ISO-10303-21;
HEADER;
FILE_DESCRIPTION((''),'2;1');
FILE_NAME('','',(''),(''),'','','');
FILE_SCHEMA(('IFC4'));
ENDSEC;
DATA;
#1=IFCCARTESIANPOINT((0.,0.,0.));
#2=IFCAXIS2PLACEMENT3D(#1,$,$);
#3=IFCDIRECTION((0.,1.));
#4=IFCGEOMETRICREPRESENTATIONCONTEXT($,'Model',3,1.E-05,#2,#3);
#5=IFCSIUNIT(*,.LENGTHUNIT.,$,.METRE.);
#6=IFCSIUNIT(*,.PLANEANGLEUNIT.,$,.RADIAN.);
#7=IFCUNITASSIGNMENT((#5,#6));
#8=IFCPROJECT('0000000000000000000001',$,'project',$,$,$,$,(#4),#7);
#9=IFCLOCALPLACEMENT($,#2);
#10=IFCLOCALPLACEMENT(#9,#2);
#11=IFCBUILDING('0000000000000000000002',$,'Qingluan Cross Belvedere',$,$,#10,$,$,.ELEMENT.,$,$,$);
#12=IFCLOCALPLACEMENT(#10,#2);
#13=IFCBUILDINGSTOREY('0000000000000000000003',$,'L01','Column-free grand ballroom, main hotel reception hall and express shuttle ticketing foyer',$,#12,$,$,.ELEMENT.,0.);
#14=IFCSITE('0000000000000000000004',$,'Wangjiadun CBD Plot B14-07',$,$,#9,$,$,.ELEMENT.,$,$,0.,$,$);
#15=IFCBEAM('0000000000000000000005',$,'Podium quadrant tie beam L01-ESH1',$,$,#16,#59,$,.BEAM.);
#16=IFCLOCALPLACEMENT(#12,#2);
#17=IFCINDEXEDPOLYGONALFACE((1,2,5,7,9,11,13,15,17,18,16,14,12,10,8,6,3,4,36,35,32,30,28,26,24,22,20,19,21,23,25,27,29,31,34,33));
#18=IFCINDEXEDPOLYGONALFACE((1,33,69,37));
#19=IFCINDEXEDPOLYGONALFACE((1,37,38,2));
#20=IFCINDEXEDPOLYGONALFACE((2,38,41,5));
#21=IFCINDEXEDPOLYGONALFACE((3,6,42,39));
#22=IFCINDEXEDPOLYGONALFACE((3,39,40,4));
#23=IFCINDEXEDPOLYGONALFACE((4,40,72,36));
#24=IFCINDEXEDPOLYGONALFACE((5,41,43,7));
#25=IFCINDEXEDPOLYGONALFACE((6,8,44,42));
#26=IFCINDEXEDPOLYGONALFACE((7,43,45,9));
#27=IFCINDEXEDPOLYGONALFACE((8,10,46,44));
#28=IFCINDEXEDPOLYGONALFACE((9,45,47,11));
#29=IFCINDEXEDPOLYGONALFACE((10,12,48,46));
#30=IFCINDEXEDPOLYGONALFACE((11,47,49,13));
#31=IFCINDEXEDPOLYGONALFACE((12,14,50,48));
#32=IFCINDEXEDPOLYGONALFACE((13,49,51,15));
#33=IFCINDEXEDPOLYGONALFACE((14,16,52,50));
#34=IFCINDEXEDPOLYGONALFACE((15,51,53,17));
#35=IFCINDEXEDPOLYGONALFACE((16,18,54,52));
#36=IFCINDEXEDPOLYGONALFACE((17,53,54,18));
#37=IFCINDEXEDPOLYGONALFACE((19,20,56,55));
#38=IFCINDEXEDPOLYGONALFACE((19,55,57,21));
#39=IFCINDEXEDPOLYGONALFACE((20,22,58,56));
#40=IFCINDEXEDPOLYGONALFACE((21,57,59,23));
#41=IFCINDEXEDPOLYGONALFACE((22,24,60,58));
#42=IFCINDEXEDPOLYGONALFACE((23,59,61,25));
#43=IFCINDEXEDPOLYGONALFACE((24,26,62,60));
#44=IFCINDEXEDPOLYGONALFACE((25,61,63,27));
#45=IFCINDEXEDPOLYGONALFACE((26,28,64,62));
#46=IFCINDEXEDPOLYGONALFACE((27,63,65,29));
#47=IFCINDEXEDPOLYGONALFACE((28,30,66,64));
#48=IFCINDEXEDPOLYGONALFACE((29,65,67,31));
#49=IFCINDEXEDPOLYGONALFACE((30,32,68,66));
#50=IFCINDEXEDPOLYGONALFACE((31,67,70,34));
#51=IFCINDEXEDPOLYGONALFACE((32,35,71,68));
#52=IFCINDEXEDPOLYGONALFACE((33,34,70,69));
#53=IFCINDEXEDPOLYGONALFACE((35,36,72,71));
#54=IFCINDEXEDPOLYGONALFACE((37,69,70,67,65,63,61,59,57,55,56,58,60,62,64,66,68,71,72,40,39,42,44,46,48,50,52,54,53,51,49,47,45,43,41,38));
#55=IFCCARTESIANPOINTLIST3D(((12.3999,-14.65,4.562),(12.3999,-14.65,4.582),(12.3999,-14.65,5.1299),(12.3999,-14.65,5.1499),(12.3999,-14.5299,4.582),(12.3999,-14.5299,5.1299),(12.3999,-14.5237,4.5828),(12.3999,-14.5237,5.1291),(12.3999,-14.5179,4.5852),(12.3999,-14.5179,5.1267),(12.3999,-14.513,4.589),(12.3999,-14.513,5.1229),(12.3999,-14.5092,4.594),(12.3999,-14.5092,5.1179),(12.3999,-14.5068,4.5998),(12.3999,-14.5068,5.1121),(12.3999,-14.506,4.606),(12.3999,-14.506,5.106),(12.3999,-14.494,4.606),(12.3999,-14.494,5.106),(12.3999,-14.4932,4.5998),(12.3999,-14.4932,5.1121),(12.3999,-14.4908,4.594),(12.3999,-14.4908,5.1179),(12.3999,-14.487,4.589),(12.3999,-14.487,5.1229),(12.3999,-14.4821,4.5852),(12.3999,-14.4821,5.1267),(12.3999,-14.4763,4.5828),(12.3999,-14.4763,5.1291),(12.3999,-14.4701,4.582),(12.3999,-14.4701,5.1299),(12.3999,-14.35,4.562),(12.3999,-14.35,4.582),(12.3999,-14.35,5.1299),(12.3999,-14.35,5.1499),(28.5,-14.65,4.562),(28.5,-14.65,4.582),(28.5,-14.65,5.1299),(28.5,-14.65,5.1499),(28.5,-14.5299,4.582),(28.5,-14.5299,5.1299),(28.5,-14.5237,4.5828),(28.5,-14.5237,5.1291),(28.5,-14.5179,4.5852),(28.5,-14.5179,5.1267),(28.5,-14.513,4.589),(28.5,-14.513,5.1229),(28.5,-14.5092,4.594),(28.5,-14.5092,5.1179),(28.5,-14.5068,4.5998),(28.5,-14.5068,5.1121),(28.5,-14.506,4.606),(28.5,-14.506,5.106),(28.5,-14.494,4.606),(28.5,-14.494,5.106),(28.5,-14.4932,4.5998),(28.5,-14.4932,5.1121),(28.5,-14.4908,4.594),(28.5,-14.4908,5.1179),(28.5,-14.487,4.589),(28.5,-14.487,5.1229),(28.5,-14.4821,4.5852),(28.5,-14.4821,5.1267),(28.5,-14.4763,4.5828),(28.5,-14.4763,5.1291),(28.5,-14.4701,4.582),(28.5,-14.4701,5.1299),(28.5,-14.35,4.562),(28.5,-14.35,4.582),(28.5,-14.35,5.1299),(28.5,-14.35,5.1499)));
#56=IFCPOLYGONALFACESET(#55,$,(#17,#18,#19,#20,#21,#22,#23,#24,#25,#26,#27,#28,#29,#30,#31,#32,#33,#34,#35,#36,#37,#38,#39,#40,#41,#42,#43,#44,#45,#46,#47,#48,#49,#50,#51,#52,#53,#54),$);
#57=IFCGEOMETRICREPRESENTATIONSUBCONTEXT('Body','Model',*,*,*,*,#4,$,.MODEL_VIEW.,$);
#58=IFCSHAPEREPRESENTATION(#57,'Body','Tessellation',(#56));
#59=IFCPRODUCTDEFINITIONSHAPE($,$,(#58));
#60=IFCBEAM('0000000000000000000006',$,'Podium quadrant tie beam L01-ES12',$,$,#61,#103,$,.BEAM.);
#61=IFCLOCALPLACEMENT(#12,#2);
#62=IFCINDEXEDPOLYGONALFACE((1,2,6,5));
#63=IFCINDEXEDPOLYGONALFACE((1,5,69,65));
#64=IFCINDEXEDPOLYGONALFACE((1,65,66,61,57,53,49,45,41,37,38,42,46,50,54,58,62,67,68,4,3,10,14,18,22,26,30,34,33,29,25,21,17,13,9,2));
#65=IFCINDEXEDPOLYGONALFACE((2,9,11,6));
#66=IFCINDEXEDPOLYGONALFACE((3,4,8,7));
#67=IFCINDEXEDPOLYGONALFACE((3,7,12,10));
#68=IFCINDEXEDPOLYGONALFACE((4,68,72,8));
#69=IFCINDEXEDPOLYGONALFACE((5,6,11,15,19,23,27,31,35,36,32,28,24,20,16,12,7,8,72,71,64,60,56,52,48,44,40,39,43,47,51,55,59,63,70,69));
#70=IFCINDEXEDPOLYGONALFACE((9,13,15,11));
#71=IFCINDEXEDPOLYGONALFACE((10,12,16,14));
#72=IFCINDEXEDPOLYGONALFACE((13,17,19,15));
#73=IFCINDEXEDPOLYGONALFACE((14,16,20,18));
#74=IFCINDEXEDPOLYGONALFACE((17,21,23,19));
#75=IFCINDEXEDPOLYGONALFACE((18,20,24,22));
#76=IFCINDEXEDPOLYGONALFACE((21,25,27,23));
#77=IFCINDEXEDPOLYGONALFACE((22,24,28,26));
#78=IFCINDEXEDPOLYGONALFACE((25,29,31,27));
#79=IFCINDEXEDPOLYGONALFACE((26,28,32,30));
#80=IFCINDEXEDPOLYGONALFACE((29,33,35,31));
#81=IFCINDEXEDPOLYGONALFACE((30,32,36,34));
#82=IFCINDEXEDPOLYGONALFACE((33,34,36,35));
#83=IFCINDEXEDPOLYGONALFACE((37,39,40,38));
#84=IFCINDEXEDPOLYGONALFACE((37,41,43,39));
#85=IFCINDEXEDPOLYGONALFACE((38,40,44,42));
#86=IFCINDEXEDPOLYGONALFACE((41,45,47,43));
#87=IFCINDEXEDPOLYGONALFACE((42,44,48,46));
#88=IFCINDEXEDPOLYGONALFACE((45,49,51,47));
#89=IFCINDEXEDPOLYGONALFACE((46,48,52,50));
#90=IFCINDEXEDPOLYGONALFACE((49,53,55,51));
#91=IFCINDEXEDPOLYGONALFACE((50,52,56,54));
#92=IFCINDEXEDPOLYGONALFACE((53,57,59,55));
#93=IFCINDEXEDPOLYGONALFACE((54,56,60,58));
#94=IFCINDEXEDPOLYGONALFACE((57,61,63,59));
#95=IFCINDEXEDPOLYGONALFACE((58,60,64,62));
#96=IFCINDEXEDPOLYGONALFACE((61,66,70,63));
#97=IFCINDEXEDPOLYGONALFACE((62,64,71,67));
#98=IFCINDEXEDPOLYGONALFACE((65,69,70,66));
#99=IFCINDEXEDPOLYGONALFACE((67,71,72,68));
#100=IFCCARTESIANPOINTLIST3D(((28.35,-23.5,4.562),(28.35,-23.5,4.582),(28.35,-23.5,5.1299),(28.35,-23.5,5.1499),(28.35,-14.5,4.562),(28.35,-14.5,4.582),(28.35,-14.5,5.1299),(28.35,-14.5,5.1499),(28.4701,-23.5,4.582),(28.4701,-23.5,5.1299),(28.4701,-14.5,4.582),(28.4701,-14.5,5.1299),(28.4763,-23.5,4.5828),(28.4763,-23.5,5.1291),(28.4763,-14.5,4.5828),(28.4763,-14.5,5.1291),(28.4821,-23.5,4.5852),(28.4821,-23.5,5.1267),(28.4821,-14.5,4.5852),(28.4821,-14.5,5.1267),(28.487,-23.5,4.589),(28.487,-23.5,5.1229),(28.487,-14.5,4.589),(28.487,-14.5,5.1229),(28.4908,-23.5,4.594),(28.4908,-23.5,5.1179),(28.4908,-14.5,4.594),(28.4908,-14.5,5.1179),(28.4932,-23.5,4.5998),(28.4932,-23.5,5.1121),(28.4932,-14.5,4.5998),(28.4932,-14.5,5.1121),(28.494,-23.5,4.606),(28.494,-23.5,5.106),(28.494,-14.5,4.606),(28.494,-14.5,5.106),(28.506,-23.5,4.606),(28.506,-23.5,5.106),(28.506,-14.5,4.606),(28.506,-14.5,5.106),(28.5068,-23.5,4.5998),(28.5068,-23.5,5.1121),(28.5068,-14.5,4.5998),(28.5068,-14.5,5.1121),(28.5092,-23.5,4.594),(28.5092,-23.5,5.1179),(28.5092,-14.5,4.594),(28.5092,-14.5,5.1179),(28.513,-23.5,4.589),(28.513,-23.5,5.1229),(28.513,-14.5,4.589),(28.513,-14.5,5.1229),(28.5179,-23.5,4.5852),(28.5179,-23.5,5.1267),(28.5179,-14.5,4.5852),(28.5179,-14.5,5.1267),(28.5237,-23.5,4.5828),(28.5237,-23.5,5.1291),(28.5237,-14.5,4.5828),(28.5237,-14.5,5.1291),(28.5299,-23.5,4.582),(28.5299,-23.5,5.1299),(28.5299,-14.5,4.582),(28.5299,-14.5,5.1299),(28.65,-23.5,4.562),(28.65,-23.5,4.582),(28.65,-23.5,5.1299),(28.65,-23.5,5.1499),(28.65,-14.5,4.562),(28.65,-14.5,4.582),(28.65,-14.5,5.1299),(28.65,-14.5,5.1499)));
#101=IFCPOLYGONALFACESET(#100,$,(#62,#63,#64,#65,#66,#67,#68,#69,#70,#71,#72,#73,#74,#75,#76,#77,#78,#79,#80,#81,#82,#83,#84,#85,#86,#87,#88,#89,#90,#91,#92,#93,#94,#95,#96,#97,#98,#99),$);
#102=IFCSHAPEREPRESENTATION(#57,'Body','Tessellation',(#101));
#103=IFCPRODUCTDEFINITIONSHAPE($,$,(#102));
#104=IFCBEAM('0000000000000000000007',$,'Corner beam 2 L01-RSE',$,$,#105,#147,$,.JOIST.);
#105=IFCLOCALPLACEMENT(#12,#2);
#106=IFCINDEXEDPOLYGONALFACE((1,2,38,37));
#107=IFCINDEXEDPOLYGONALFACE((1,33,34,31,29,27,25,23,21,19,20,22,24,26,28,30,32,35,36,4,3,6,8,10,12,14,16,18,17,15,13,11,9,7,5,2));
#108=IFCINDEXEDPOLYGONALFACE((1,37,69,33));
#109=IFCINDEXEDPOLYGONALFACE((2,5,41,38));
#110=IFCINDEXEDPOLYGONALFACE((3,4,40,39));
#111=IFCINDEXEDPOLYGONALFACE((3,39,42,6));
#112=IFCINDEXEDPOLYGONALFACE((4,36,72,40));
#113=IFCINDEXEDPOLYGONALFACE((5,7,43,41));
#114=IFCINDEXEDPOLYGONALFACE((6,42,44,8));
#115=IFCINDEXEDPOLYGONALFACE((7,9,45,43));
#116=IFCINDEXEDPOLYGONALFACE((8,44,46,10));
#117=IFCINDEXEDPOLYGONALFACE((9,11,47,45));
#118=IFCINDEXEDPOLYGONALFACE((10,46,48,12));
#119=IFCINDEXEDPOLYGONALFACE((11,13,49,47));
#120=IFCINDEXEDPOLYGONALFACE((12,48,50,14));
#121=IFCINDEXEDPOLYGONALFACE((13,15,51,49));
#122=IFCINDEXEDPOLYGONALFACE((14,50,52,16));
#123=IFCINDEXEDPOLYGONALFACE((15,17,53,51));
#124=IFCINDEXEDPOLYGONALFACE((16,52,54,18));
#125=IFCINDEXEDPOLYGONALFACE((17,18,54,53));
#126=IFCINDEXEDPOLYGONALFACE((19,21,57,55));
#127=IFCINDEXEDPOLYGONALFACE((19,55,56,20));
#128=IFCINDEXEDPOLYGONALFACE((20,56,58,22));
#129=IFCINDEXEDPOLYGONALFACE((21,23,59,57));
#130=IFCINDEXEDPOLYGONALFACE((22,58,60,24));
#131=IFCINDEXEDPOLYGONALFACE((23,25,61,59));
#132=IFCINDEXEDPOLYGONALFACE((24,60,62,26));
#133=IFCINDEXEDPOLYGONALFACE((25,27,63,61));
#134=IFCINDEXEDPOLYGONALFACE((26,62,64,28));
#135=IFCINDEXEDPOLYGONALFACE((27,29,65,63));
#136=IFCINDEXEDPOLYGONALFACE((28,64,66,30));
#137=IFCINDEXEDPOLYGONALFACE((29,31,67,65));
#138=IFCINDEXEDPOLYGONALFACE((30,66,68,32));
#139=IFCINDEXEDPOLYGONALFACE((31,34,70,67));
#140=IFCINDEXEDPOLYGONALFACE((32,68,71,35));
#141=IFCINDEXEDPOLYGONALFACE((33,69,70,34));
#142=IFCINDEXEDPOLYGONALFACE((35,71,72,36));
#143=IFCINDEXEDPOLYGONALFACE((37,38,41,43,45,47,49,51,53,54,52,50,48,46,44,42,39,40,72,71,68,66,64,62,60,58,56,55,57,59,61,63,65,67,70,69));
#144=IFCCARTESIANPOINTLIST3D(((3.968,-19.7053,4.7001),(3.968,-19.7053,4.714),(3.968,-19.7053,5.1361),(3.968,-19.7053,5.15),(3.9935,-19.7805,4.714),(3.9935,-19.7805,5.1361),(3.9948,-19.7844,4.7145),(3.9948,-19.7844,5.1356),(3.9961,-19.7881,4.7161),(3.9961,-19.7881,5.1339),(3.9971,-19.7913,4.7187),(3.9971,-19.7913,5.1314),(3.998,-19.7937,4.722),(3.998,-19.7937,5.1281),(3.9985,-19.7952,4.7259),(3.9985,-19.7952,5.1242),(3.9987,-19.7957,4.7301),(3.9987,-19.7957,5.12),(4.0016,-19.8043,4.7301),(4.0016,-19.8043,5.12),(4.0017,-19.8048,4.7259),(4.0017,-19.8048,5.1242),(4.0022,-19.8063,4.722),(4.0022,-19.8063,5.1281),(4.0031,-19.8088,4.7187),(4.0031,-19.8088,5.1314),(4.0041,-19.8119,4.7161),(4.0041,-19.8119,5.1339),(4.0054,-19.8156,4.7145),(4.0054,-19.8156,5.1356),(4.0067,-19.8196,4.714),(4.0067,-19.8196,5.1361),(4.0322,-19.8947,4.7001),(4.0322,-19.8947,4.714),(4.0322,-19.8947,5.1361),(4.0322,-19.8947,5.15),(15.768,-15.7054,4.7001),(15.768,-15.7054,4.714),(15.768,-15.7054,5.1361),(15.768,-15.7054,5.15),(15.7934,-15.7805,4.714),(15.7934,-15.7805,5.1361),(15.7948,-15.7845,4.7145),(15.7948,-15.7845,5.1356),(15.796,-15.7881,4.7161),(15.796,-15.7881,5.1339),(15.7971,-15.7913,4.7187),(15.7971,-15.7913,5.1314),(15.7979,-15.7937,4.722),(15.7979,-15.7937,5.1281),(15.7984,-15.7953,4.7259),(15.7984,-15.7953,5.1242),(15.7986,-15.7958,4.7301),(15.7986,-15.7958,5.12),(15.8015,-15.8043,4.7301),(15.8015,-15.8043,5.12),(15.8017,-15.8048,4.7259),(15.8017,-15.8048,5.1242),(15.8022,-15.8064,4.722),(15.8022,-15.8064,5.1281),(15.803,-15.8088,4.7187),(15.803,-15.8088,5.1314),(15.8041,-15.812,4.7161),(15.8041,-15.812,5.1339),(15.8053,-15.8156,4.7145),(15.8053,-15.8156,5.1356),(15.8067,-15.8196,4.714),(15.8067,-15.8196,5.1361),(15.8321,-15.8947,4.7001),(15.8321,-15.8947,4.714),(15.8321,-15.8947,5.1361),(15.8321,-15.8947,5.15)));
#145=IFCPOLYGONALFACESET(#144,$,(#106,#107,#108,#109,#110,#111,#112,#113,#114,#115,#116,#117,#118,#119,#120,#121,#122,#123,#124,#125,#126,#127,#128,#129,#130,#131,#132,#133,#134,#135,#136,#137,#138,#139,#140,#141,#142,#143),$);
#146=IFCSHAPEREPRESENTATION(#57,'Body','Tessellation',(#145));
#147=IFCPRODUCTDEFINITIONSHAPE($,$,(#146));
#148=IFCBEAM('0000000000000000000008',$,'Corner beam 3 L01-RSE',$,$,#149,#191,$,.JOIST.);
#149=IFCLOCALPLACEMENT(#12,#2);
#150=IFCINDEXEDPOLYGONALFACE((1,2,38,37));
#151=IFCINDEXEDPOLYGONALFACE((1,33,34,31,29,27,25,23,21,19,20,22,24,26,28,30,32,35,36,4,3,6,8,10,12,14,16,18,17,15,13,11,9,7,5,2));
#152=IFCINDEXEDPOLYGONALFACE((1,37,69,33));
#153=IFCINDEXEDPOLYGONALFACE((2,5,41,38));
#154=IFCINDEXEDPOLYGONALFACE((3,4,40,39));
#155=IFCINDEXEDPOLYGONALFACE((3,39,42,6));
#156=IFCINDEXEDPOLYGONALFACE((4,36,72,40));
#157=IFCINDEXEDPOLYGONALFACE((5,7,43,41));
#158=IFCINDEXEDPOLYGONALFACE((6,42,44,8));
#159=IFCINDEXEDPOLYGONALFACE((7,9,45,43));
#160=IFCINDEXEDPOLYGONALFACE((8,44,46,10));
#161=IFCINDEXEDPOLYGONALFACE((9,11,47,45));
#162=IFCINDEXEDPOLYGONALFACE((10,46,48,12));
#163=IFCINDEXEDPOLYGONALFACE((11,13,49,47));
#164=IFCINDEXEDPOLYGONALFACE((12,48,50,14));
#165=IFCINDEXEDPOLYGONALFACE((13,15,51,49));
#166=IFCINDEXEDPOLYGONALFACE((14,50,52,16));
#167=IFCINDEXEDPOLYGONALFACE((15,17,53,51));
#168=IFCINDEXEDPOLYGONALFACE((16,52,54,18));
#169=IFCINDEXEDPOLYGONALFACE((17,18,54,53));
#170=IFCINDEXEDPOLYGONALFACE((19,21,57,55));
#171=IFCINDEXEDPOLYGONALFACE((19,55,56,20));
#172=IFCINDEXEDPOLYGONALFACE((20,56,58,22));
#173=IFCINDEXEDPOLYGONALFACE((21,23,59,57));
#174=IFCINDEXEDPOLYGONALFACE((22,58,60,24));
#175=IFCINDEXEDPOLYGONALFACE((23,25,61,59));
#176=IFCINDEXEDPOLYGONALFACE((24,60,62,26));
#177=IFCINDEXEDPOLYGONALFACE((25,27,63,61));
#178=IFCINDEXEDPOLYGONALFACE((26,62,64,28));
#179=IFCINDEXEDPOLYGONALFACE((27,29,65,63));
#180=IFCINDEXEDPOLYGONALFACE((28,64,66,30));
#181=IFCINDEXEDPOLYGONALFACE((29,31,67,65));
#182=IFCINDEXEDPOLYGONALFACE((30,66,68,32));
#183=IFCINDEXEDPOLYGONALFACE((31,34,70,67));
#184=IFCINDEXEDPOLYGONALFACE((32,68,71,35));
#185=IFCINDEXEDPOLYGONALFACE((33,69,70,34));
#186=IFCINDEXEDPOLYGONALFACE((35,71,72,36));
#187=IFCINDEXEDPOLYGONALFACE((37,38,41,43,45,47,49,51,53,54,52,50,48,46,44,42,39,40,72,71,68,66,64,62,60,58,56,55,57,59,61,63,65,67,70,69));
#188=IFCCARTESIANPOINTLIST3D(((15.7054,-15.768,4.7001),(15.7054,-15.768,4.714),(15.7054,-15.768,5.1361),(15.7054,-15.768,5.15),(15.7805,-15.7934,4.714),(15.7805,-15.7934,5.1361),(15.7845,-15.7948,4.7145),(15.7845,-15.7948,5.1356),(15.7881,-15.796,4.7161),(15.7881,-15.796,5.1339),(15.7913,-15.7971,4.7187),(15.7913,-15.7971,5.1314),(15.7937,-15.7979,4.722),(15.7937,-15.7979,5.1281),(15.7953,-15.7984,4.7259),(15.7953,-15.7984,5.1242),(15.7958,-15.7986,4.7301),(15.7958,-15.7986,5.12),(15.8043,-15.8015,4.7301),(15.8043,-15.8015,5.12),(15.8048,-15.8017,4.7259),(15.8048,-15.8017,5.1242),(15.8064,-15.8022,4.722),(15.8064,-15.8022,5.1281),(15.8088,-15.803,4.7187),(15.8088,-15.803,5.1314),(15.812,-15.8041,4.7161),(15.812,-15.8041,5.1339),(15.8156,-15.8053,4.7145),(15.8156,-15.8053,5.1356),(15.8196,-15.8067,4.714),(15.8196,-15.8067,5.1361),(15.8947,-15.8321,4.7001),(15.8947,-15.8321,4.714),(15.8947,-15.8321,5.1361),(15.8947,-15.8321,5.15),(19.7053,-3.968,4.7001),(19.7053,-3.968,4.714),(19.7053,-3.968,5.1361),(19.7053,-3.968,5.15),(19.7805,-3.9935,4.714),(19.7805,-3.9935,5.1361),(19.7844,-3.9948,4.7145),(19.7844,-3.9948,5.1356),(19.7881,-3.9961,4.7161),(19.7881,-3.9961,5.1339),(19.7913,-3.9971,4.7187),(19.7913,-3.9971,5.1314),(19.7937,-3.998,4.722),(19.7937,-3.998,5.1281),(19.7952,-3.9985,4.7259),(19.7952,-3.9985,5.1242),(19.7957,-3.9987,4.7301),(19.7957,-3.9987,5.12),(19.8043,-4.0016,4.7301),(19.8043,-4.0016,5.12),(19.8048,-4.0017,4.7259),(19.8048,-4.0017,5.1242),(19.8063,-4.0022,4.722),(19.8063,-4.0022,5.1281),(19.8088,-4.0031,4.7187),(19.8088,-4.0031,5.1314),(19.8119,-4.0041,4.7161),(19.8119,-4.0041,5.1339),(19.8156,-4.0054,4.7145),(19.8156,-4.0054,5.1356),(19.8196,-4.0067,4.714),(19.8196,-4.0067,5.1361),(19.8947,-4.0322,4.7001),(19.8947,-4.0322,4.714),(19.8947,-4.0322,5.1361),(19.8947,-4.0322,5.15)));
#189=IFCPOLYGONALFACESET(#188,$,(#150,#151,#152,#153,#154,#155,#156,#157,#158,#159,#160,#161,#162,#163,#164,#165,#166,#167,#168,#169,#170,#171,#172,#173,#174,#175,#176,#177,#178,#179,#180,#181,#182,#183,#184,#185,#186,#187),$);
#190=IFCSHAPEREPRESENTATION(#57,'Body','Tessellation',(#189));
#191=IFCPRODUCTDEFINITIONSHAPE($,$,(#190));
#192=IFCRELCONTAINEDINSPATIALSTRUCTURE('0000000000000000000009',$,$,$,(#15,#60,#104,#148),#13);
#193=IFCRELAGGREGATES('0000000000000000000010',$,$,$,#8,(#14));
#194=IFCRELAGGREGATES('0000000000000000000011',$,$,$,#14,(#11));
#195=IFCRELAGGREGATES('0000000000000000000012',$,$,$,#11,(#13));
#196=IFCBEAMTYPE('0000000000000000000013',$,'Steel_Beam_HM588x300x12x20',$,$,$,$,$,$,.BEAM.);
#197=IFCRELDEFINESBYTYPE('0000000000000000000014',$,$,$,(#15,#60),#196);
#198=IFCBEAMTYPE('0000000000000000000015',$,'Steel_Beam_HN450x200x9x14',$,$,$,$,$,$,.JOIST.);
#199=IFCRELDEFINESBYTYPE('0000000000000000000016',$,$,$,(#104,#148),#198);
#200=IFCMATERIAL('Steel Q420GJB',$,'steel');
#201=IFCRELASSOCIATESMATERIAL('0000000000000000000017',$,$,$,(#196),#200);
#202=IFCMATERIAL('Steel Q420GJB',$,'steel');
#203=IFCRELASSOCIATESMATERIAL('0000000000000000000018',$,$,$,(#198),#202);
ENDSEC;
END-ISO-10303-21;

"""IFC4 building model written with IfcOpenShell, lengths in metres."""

from ifc_helpers import new_model, si_unit, direction, frame, origin, origin_2d, place, context, subcontext, project, spatial, i_section, extrude, material, material_profile, profile_set, type_object, element, save


model = new_model("IFC4")

# Units and contexts
model_context = context("Model", 3, precision=1e-05, world=origin(), true_north=direction((0.0, 1.0)))
body_context = subcontext(model_context, "Body", "Model", "MODEL_VIEW")
ifc_project = project(units=[si_unit("LENGTHUNIT", "METRE"), si_unit("PLANEANGLEUNIT", "RADIAN")], contexts=[model_context])

# Site, building, storey
site_placement = place(None, origin())
site = spatial("IfcSite", under=ifc_project, at=site_placement, Name="Wangjiadun CBD Plot B14-07", CompositionType="ELEMENT", RefElevation=0.0)
building_placement = place(site_placement, origin())
building = spatial("IfcBuilding", under=site, at=building_placement, Name="Qingluan Cross Belvedere", CompositionType="ELEMENT")
storey_placement = place(building_placement, origin())
storey = spatial("IfcBuildingStorey", under=building, at=storey_placement, Name="L01", Description="Column-free grand ballroom, main hotel reception hall and express shuttle ticketing foyer", CompositionType="ELEMENT", Elevation=0.0)

# Beams
ifc_material_1 = material(Name="Steel Q420GJB", Category="steel")
ifc_material_profile_1 = material_profile(ifc_material_1, i_section(OverallWidth=0.3, OverallDepth=0.5879, WebThickness=0.012, FlangeThickness=0.02, FilletRadius=0.0239, at=origin_2d()), Name="HM588x300x12x20")
ifc_profile_set_1 = profile_set([ifc_material_profile_1], Name="Steel Q420GJB")
beam_type_1 = type_object("IfcBeamType", Name="Steel_Beam_HM588x300x12x20", PredefinedType="BEAM", material=ifc_profile_set_1)
beam_1_placement = place(storey_placement, frame((12.3999, -14.5, 4.856), z_axis=(1.0, 0.0, 0.0), x_axis=(0.0, 1.0, 0.0)))
element("IfcBeam", 1, at=beam_1_placement, inside=storey, type_object=beam_type_1, Name="Podium quadrant tie beam L01-ESH1", PredefinedType="BEAM", context=body_context, shape_type="SweptSolid", body=[
    extrude(i_section(OverallWidth=0.3, OverallDepth=0.5879, WebThickness=0.012, FlangeThickness=0.02, FilletRadius=0.0239, at=origin_2d()), origin(), (0.0, 0.0, 1.0), 16.1001),
])
beam_2_placement = place(storey_placement, frame((28.5, -14.5, 4.856), z_axis=(0.0, -1.0, 0.0), x_axis=(1.0, 0.0, 0.0)))
element("IfcBeam", 2, at=beam_2_placement, inside=storey, type_object=beam_type_1, Name="Podium quadrant tie beam L01-ES12", PredefinedType="BEAM", context=body_context, shape_type="SweptSolid", body=[
    extrude(i_section(OverallWidth=0.3, OverallDepth=0.5879, WebThickness=0.012, FlangeThickness=0.02, FilletRadius=0.0239, at=origin_2d()), origin(), (0.0, 0.0, 1.0), 9.0),
])
ifc_material_2 = material(Name="Steel Q420GJB", Category="steel")
ifc_material_profile_2 = material_profile(ifc_material_2, i_section(OverallWidth=0.2, OverallDepth=0.45, WebThickness=0.009, FlangeThickness=0.0139, FilletRadius=0.0161, at=origin_2d()), Name="HN450x200x9x14")
ifc_profile_set_2 = profile_set([ifc_material_profile_2], Name="Steel Q420GJB")
beam_type_2 = type_object("IfcBeamType", Name="Steel_Beam_HN450x200x9x14", PredefinedType="JOIST", material=ifc_profile_set_2)
for number, where, z_axis, x_axis, name in (
    (3, (15.8, -15.8, 4.925), (-0.947066, -0.321038, 0.0), (0.321038, -0.947066, 0.0), "Corner beam 2 L01-RSE"),
    (4, (15.8, -15.8, 4.925), (0.321038, 0.947066, 0.0), (-0.947066, 0.321038, 0.0), "Corner beam 3 L01-RSE"),
):
    element("IfcBeam", number, at=place(storey_placement, frame(where, z_axis=z_axis, x_axis=x_axis)), inside=storey, type_object=beam_type_2, Name=name, PredefinedType="JOIST", context=body_context, shape_type="SweptSolid", body=[
        extrude(i_section(OverallWidth=0.2, OverallDepth=0.45, WebThickness=0.009, FlangeThickness=0.0139, FilletRadius=0.0161, at=origin_2d()), origin(), (0.0, 0.0, 1.0), 12.4595),
    ])

save(model, "model.ifc")
